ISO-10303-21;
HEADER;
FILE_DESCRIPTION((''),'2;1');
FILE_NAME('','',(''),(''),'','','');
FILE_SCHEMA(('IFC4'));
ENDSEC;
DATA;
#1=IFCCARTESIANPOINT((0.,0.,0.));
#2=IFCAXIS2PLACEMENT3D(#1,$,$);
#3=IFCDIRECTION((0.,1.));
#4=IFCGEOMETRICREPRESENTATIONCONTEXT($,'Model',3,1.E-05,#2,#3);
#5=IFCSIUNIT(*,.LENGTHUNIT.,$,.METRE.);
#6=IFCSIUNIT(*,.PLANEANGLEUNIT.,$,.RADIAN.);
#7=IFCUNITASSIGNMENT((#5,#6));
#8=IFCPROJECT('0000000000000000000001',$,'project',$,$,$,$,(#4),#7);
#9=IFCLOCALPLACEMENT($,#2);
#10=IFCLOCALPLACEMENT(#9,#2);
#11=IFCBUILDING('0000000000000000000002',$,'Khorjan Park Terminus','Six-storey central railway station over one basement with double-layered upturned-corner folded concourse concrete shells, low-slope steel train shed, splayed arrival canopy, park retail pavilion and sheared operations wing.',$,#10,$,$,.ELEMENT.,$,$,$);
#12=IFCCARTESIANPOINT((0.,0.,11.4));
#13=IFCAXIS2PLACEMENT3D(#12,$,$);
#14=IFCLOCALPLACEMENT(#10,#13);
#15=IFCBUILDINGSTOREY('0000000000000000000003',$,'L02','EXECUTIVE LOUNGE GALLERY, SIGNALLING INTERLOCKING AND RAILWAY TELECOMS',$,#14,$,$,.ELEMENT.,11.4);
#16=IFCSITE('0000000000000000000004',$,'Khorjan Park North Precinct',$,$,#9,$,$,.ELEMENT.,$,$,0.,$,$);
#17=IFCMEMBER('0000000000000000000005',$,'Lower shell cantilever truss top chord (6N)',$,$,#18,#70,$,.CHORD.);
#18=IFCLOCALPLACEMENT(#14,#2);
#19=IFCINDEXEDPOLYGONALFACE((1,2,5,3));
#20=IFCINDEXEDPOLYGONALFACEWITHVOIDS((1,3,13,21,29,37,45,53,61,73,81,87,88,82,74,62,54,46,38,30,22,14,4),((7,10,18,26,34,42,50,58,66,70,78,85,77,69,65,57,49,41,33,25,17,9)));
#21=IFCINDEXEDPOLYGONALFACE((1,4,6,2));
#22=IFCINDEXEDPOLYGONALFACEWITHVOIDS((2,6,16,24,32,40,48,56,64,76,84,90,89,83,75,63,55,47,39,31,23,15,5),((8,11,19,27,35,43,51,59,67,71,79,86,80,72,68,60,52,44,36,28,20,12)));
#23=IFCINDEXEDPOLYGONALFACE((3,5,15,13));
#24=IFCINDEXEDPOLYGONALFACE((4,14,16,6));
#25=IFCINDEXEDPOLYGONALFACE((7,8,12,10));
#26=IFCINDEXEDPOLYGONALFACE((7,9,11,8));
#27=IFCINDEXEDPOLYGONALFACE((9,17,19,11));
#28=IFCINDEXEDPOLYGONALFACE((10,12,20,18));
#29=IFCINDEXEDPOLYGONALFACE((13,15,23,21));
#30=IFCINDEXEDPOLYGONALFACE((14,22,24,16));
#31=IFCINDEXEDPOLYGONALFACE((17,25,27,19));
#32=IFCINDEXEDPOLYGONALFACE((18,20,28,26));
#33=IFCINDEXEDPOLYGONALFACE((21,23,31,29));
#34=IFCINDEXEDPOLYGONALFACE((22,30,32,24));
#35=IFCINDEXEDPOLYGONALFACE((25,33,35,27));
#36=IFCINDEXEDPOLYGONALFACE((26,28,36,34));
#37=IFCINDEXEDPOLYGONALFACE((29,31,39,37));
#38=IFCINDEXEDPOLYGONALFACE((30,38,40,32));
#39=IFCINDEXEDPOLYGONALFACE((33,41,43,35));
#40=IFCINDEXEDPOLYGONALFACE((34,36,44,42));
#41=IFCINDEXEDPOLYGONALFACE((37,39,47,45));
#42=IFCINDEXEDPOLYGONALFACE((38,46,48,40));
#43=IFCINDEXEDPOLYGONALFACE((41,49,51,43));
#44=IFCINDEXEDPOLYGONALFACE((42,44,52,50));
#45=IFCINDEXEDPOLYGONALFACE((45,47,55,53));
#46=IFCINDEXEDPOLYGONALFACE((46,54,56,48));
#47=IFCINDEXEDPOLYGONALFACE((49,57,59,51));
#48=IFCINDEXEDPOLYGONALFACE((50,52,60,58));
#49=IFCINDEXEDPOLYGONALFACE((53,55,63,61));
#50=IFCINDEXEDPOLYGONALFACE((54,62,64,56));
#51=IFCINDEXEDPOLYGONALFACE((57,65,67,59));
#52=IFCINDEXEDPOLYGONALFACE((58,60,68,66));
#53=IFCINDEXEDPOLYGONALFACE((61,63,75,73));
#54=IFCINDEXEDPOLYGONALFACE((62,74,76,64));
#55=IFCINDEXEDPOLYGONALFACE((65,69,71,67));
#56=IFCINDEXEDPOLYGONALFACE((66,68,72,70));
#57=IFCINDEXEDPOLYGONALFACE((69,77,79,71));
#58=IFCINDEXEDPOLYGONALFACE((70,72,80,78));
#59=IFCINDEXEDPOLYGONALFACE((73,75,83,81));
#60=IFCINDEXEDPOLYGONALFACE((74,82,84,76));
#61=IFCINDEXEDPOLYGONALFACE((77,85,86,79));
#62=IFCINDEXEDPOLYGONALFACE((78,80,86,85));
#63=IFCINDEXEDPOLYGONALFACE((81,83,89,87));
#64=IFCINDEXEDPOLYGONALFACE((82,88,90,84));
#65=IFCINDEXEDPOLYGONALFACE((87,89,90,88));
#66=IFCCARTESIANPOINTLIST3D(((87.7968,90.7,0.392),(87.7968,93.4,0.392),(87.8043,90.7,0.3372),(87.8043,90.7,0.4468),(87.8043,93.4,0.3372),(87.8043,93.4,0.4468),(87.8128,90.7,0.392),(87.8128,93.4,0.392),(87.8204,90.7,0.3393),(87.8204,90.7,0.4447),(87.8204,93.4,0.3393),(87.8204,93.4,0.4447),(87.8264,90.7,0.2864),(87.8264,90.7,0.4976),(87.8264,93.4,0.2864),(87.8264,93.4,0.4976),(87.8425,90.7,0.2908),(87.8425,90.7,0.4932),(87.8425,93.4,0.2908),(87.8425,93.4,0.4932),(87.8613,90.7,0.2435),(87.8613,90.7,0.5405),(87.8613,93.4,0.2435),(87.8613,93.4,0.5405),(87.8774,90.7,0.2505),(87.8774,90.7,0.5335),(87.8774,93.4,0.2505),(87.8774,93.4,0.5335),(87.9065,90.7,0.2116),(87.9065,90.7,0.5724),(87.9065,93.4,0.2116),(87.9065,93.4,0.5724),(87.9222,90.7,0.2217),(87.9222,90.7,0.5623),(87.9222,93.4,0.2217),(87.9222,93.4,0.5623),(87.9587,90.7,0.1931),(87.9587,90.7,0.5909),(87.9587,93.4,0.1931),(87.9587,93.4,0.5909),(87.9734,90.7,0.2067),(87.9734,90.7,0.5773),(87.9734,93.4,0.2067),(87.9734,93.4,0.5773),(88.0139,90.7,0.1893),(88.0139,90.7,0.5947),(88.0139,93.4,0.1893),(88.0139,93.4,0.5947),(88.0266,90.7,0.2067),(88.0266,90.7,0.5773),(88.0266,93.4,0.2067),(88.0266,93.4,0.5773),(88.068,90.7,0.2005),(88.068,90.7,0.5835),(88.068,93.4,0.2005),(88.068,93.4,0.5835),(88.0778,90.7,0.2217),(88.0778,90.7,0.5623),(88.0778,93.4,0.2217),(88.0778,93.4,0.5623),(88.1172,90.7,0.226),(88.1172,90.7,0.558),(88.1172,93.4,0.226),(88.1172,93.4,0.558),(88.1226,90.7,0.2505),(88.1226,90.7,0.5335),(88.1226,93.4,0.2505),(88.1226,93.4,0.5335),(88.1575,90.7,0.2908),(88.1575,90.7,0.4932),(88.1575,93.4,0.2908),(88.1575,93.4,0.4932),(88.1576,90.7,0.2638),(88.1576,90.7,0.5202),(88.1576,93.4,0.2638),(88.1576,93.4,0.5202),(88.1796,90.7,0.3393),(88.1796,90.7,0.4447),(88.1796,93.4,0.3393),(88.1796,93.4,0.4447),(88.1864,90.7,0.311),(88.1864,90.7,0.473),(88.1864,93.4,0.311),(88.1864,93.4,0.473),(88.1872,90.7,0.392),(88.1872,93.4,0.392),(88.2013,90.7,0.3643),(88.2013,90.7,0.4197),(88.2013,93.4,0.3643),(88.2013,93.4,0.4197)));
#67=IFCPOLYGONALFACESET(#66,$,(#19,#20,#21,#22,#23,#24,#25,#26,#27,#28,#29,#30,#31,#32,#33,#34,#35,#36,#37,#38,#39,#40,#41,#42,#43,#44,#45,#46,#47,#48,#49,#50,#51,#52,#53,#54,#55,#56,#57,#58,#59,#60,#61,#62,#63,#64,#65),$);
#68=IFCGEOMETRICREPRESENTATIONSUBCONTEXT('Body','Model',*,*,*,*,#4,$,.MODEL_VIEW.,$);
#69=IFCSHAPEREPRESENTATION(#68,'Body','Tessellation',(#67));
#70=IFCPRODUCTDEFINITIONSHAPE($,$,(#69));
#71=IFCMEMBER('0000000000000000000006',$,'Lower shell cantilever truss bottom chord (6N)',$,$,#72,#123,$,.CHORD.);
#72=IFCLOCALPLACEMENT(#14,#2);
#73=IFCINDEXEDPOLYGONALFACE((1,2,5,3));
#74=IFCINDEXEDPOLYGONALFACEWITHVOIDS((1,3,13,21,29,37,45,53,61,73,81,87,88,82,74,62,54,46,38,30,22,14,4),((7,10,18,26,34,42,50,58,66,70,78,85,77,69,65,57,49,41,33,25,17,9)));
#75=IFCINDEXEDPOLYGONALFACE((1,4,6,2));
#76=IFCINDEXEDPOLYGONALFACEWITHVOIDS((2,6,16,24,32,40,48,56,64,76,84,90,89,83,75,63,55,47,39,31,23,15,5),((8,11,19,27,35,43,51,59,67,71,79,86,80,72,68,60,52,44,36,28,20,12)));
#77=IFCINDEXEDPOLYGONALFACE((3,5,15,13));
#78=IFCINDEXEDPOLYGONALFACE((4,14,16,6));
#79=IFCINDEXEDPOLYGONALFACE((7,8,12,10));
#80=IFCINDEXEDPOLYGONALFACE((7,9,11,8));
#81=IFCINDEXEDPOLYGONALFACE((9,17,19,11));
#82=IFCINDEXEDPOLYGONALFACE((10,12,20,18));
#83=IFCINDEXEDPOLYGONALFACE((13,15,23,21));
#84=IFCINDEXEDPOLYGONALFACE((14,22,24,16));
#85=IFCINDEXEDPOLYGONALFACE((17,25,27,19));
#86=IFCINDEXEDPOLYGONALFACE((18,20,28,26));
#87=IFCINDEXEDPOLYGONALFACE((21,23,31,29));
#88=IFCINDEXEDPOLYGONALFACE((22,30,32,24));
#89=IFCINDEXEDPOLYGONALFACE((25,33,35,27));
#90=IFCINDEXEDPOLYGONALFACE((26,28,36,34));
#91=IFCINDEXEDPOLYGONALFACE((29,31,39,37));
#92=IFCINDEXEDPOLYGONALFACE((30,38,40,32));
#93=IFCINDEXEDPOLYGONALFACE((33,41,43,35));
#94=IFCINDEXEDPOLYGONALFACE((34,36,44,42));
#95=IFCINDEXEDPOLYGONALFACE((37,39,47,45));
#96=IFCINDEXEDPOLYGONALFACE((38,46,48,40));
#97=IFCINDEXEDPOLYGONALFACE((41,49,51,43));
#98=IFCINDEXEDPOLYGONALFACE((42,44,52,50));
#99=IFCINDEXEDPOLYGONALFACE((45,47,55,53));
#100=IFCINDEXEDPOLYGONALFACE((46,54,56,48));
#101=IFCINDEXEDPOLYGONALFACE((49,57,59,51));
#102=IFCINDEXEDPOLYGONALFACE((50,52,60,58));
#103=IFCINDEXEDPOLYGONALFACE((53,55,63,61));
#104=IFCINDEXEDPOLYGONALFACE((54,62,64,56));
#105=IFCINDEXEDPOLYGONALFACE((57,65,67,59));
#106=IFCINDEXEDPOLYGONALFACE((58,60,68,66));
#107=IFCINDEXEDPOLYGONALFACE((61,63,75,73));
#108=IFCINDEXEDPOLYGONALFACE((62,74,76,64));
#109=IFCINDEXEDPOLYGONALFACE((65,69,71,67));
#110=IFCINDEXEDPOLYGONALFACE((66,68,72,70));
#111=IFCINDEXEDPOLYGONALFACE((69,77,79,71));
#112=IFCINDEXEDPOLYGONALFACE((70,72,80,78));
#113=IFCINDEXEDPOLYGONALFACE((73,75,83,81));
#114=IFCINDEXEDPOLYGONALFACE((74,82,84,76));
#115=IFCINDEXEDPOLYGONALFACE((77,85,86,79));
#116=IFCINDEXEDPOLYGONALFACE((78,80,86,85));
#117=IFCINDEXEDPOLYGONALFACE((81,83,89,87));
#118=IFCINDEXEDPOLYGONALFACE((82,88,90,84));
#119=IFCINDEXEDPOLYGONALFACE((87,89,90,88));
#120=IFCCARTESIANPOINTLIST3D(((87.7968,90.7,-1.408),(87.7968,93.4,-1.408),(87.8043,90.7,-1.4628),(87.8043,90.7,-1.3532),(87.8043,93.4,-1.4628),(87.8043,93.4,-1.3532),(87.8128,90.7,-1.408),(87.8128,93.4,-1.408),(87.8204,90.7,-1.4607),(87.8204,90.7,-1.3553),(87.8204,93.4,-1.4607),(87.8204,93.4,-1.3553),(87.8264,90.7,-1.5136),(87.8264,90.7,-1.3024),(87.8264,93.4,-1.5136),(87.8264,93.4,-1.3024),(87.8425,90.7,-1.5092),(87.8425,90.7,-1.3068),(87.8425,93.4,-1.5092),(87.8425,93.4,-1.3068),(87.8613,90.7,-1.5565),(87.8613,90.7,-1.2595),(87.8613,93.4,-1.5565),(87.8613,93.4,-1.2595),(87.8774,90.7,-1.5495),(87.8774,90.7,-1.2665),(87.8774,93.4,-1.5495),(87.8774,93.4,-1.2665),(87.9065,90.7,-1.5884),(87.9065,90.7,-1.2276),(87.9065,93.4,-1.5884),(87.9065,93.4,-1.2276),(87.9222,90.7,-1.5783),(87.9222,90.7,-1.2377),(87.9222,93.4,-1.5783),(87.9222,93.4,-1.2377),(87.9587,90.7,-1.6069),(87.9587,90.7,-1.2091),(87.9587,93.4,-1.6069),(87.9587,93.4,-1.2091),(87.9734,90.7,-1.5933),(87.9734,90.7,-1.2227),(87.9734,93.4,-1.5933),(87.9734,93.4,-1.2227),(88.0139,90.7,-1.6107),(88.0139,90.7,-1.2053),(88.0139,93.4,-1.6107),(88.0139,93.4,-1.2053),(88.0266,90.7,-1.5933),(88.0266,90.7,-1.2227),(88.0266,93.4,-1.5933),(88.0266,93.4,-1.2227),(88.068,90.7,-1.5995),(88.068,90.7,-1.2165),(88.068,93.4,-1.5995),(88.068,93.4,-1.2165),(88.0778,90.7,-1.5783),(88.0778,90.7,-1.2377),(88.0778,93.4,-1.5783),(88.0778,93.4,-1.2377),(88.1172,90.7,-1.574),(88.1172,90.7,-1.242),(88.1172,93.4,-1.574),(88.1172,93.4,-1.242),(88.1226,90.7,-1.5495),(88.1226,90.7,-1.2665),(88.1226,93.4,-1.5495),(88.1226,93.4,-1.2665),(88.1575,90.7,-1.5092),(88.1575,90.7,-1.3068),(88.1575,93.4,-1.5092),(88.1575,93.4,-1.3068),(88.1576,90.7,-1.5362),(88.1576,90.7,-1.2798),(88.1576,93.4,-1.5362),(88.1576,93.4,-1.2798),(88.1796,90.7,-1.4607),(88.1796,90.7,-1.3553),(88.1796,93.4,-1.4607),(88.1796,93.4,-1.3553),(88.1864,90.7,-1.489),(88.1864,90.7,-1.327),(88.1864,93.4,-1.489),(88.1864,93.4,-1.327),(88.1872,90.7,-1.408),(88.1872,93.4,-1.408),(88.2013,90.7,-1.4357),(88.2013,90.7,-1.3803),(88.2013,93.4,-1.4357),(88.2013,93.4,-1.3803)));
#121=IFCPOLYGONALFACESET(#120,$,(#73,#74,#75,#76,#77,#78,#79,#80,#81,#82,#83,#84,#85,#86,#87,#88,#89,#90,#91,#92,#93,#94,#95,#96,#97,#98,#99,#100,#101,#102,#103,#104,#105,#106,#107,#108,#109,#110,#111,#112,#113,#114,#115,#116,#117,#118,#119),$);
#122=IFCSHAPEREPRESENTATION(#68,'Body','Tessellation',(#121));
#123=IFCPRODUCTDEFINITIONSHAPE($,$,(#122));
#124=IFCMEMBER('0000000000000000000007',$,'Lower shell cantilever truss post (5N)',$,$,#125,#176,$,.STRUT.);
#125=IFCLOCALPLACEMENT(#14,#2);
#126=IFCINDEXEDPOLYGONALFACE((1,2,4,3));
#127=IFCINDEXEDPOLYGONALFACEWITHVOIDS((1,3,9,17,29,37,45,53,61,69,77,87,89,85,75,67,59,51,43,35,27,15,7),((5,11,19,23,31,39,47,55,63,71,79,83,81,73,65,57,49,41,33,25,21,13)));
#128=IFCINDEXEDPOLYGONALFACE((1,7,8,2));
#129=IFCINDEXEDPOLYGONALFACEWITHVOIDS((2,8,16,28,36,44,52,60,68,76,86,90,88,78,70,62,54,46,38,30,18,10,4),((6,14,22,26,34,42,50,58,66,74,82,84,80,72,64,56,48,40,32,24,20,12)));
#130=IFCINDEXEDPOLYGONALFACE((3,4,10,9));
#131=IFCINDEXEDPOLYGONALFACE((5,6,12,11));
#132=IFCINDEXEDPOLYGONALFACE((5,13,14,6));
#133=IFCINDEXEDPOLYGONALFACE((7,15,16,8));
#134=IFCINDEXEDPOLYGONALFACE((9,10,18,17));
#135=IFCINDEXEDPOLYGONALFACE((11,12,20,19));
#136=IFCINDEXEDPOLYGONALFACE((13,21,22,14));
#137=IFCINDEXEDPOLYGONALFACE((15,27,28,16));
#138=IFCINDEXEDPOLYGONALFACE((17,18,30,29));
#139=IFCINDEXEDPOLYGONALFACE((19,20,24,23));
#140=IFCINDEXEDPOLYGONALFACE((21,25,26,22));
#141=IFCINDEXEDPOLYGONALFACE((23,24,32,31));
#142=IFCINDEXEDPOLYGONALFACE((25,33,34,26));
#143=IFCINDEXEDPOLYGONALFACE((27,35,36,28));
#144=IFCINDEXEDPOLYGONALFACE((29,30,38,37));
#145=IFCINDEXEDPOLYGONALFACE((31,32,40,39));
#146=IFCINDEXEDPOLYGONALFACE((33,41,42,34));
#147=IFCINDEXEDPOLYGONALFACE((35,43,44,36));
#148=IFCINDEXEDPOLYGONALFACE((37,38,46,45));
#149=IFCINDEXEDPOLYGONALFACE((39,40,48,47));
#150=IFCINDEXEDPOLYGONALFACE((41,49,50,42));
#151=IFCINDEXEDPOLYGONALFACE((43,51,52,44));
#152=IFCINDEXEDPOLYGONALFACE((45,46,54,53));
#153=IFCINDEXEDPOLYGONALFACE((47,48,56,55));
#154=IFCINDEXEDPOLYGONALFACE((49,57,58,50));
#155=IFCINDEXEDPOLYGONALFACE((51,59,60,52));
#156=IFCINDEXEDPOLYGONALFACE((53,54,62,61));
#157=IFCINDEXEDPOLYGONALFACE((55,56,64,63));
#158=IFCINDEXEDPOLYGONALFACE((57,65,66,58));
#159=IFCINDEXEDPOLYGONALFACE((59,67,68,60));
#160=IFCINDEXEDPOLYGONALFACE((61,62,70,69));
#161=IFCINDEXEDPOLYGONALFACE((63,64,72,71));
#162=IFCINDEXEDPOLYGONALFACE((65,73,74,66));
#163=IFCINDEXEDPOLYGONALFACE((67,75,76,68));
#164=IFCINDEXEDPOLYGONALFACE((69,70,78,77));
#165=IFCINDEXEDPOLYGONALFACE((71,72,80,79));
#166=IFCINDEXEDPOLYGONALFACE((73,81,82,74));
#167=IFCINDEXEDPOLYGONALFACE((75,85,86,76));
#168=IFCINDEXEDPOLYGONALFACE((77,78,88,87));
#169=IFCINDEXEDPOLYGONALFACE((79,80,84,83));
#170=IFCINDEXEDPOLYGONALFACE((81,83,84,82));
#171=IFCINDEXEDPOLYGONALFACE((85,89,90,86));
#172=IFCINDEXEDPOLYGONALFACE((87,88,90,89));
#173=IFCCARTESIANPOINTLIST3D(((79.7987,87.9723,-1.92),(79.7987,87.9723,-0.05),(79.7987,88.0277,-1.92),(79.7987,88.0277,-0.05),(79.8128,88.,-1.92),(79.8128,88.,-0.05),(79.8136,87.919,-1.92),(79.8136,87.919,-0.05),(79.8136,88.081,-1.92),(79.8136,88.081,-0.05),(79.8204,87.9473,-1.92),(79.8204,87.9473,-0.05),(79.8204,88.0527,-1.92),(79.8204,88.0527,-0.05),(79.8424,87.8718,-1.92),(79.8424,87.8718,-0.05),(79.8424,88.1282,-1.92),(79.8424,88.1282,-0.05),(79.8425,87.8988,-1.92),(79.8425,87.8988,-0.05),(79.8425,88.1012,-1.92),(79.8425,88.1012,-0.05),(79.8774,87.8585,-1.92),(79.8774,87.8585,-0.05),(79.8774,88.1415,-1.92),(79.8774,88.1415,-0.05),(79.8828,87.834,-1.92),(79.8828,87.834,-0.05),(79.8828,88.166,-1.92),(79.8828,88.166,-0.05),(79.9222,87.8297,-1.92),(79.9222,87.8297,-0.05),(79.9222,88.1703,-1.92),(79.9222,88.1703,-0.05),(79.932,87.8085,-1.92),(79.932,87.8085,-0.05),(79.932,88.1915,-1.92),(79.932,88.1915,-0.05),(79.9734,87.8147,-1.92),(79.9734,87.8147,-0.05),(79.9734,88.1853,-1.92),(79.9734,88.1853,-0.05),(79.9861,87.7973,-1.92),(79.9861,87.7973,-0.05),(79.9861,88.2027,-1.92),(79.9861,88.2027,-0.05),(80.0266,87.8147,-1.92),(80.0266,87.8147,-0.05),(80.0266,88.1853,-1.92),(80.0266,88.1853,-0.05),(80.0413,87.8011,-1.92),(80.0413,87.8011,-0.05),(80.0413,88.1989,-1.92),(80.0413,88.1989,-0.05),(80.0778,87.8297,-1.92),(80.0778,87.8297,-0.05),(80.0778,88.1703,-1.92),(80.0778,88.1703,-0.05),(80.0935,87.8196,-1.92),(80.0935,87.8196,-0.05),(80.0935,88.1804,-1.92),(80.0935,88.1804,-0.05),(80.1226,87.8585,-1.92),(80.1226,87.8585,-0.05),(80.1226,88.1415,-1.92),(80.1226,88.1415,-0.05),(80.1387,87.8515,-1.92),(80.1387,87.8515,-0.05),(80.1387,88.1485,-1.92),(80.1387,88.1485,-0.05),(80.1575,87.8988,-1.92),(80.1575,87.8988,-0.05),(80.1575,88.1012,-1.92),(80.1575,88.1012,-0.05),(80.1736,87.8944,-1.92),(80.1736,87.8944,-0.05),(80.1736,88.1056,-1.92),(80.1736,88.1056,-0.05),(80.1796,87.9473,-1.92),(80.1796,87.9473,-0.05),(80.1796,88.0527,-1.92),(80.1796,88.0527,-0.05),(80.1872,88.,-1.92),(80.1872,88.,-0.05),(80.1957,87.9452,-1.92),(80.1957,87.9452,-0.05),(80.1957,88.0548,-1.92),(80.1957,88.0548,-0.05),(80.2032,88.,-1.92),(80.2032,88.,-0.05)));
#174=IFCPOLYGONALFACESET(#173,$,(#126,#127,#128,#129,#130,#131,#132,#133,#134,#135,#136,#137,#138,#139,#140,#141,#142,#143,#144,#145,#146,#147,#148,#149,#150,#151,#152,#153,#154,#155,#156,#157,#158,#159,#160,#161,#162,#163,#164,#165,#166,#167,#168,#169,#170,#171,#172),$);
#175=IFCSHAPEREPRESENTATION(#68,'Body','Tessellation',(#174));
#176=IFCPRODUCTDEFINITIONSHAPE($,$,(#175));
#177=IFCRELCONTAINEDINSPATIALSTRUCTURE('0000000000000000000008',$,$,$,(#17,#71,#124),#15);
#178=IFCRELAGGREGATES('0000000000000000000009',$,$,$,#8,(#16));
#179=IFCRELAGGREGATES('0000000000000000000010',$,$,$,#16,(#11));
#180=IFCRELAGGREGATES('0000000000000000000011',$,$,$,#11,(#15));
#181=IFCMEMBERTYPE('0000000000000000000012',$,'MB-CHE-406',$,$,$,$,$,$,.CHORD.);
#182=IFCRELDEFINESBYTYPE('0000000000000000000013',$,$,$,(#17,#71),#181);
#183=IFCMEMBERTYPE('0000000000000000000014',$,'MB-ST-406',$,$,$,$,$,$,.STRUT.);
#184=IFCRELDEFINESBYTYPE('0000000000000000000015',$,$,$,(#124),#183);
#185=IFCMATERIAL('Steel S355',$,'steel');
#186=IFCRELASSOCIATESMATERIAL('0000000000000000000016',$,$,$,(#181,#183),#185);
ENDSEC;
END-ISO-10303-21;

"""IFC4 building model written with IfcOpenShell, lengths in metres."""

from ifc_helpers import new_model, si_unit, direction, frame, origin, origin_2d, place, context, subcontext, project, spatial, hollow_circle, extrude, material, material_profile, profile_set, type_object, element, save


model = new_model("IFC4")

# Units and contexts
model_context = context("Model", 3, precision=1e-05, world=origin(), true_north=direction((0.0, 1.0)))
body_context = subcontext(model_context, "Body", "Model", "MODEL_VIEW")
ifc_project = project(units=[si_unit("LENGTHUNIT", "METRE"), si_unit("PLANEANGLEUNIT", "RADIAN")], contexts=[model_context])

# Site, building, storey
site_placement = place(None, origin())
site = spatial("IfcSite", under=ifc_project, at=site_placement, Name="Khorjan Park North Precinct", CompositionType="ELEMENT", RefElevation=0.0)
building_placement = place(site_placement, origin())
building = spatial("IfcBuilding", under=site, at=building_placement, Name="Khorjan Park Terminus", Description="Six-storey central railway station over one basement with double-layered upturned-corner folded concourse concrete shells, low-slope steel train shed, splayed arrival canopy, park retail pavilion and sheared operations wing.", CompositionType="ELEMENT")
storey_placement = place(building_placement, frame((0.0, 0.0, 11.4)))
storey = spatial("IfcBuildingStorey", under=building, at=storey_placement, Name="L02", Description="EXECUTIVE LOUNGE GALLERY, SIGNALLING INTERLOCKING AND RAILWAY TELECOMS", CompositionType="ELEMENT", Elevation=11.4)

# Members
ifc_material_1 = material(Name="Steel S355", Category="steel")
ifc_material_profile_1 = material_profile(ifc_material_1, hollow_circle(Radius=0.2032, WallThickness=0.016, at=origin_2d()), Name="CHS 406.4x16")
ifc_profile_set_1 = profile_set([ifc_material_profile_1], Name="Steel S355")
member_type_1 = type_object("IfcMemberType", Name="MB-CHE-406", PredefinedType="CHORD", material=ifc_profile_set_1)
for number, where, z_axis, x_axis, name in (
    (1, (88.0, 90.7, 0.392), (0.0, 1.0, 0.0), (-1.0, 0.0, 0.0), "Lower shell cantilever truss top chord (6N)"),
    (2, (88.0, 90.7, -1.408), (0.0, 1.0, 0.0), (-1.0, 0.0, 0.0), "Lower shell cantilever truss bottom chord (6N)"),
):
    element("IfcMember", number, at=place(storey_placement, frame(where, z_axis=z_axis, x_axis=x_axis)), inside=storey, type_object=member_type_1, Name=name, PredefinedType="CHORD", context=body_context, shape_type="SweptSolid", body=[
        extrude(hollow_circle(Radius=0.2032, WallThickness=0.016, at=origin_2d()), origin(), (0.0, 0.0, 1.0), 2.7),
    ])
ifc_material_profile_2 = material_profile(ifc_material_1, hollow_circle(Radius=0.2032, WallThickness=0.016, at=origin_2d()), Name="CHS 406.4x16")
ifc_profile_set_2 = profile_set([ifc_material_profile_2], Name="Steel S355")
member_type_2 = type_object("IfcMemberType", Name="MB-ST-406", PredefinedType="STRUT", material=ifc_profile_set_2)
for number, where, z_axis, x_axis, name in (
    (3, (80.0, 88.0, -1.92), (0.0, 0.0, 1.0), (1.0, 0.0, 0.0), "Lower shell cantilever truss post (5N)"),
):
    element("IfcMember", number, at=place(storey_placement, frame(where, z_axis=z_axis, x_axis=x_axis)), inside=storey, type_object=member_type_2, Name=name, PredefinedType="STRUT", context=body_context, shape_type="SweptSolid", body=[
        extrude(hollow_circle(Radius=0.2032, WallThickness=0.016, at=origin_2d()), origin(), (0.0, 0.0, 1.0), 1.87),
    ])

save(model, "model.ifc")
